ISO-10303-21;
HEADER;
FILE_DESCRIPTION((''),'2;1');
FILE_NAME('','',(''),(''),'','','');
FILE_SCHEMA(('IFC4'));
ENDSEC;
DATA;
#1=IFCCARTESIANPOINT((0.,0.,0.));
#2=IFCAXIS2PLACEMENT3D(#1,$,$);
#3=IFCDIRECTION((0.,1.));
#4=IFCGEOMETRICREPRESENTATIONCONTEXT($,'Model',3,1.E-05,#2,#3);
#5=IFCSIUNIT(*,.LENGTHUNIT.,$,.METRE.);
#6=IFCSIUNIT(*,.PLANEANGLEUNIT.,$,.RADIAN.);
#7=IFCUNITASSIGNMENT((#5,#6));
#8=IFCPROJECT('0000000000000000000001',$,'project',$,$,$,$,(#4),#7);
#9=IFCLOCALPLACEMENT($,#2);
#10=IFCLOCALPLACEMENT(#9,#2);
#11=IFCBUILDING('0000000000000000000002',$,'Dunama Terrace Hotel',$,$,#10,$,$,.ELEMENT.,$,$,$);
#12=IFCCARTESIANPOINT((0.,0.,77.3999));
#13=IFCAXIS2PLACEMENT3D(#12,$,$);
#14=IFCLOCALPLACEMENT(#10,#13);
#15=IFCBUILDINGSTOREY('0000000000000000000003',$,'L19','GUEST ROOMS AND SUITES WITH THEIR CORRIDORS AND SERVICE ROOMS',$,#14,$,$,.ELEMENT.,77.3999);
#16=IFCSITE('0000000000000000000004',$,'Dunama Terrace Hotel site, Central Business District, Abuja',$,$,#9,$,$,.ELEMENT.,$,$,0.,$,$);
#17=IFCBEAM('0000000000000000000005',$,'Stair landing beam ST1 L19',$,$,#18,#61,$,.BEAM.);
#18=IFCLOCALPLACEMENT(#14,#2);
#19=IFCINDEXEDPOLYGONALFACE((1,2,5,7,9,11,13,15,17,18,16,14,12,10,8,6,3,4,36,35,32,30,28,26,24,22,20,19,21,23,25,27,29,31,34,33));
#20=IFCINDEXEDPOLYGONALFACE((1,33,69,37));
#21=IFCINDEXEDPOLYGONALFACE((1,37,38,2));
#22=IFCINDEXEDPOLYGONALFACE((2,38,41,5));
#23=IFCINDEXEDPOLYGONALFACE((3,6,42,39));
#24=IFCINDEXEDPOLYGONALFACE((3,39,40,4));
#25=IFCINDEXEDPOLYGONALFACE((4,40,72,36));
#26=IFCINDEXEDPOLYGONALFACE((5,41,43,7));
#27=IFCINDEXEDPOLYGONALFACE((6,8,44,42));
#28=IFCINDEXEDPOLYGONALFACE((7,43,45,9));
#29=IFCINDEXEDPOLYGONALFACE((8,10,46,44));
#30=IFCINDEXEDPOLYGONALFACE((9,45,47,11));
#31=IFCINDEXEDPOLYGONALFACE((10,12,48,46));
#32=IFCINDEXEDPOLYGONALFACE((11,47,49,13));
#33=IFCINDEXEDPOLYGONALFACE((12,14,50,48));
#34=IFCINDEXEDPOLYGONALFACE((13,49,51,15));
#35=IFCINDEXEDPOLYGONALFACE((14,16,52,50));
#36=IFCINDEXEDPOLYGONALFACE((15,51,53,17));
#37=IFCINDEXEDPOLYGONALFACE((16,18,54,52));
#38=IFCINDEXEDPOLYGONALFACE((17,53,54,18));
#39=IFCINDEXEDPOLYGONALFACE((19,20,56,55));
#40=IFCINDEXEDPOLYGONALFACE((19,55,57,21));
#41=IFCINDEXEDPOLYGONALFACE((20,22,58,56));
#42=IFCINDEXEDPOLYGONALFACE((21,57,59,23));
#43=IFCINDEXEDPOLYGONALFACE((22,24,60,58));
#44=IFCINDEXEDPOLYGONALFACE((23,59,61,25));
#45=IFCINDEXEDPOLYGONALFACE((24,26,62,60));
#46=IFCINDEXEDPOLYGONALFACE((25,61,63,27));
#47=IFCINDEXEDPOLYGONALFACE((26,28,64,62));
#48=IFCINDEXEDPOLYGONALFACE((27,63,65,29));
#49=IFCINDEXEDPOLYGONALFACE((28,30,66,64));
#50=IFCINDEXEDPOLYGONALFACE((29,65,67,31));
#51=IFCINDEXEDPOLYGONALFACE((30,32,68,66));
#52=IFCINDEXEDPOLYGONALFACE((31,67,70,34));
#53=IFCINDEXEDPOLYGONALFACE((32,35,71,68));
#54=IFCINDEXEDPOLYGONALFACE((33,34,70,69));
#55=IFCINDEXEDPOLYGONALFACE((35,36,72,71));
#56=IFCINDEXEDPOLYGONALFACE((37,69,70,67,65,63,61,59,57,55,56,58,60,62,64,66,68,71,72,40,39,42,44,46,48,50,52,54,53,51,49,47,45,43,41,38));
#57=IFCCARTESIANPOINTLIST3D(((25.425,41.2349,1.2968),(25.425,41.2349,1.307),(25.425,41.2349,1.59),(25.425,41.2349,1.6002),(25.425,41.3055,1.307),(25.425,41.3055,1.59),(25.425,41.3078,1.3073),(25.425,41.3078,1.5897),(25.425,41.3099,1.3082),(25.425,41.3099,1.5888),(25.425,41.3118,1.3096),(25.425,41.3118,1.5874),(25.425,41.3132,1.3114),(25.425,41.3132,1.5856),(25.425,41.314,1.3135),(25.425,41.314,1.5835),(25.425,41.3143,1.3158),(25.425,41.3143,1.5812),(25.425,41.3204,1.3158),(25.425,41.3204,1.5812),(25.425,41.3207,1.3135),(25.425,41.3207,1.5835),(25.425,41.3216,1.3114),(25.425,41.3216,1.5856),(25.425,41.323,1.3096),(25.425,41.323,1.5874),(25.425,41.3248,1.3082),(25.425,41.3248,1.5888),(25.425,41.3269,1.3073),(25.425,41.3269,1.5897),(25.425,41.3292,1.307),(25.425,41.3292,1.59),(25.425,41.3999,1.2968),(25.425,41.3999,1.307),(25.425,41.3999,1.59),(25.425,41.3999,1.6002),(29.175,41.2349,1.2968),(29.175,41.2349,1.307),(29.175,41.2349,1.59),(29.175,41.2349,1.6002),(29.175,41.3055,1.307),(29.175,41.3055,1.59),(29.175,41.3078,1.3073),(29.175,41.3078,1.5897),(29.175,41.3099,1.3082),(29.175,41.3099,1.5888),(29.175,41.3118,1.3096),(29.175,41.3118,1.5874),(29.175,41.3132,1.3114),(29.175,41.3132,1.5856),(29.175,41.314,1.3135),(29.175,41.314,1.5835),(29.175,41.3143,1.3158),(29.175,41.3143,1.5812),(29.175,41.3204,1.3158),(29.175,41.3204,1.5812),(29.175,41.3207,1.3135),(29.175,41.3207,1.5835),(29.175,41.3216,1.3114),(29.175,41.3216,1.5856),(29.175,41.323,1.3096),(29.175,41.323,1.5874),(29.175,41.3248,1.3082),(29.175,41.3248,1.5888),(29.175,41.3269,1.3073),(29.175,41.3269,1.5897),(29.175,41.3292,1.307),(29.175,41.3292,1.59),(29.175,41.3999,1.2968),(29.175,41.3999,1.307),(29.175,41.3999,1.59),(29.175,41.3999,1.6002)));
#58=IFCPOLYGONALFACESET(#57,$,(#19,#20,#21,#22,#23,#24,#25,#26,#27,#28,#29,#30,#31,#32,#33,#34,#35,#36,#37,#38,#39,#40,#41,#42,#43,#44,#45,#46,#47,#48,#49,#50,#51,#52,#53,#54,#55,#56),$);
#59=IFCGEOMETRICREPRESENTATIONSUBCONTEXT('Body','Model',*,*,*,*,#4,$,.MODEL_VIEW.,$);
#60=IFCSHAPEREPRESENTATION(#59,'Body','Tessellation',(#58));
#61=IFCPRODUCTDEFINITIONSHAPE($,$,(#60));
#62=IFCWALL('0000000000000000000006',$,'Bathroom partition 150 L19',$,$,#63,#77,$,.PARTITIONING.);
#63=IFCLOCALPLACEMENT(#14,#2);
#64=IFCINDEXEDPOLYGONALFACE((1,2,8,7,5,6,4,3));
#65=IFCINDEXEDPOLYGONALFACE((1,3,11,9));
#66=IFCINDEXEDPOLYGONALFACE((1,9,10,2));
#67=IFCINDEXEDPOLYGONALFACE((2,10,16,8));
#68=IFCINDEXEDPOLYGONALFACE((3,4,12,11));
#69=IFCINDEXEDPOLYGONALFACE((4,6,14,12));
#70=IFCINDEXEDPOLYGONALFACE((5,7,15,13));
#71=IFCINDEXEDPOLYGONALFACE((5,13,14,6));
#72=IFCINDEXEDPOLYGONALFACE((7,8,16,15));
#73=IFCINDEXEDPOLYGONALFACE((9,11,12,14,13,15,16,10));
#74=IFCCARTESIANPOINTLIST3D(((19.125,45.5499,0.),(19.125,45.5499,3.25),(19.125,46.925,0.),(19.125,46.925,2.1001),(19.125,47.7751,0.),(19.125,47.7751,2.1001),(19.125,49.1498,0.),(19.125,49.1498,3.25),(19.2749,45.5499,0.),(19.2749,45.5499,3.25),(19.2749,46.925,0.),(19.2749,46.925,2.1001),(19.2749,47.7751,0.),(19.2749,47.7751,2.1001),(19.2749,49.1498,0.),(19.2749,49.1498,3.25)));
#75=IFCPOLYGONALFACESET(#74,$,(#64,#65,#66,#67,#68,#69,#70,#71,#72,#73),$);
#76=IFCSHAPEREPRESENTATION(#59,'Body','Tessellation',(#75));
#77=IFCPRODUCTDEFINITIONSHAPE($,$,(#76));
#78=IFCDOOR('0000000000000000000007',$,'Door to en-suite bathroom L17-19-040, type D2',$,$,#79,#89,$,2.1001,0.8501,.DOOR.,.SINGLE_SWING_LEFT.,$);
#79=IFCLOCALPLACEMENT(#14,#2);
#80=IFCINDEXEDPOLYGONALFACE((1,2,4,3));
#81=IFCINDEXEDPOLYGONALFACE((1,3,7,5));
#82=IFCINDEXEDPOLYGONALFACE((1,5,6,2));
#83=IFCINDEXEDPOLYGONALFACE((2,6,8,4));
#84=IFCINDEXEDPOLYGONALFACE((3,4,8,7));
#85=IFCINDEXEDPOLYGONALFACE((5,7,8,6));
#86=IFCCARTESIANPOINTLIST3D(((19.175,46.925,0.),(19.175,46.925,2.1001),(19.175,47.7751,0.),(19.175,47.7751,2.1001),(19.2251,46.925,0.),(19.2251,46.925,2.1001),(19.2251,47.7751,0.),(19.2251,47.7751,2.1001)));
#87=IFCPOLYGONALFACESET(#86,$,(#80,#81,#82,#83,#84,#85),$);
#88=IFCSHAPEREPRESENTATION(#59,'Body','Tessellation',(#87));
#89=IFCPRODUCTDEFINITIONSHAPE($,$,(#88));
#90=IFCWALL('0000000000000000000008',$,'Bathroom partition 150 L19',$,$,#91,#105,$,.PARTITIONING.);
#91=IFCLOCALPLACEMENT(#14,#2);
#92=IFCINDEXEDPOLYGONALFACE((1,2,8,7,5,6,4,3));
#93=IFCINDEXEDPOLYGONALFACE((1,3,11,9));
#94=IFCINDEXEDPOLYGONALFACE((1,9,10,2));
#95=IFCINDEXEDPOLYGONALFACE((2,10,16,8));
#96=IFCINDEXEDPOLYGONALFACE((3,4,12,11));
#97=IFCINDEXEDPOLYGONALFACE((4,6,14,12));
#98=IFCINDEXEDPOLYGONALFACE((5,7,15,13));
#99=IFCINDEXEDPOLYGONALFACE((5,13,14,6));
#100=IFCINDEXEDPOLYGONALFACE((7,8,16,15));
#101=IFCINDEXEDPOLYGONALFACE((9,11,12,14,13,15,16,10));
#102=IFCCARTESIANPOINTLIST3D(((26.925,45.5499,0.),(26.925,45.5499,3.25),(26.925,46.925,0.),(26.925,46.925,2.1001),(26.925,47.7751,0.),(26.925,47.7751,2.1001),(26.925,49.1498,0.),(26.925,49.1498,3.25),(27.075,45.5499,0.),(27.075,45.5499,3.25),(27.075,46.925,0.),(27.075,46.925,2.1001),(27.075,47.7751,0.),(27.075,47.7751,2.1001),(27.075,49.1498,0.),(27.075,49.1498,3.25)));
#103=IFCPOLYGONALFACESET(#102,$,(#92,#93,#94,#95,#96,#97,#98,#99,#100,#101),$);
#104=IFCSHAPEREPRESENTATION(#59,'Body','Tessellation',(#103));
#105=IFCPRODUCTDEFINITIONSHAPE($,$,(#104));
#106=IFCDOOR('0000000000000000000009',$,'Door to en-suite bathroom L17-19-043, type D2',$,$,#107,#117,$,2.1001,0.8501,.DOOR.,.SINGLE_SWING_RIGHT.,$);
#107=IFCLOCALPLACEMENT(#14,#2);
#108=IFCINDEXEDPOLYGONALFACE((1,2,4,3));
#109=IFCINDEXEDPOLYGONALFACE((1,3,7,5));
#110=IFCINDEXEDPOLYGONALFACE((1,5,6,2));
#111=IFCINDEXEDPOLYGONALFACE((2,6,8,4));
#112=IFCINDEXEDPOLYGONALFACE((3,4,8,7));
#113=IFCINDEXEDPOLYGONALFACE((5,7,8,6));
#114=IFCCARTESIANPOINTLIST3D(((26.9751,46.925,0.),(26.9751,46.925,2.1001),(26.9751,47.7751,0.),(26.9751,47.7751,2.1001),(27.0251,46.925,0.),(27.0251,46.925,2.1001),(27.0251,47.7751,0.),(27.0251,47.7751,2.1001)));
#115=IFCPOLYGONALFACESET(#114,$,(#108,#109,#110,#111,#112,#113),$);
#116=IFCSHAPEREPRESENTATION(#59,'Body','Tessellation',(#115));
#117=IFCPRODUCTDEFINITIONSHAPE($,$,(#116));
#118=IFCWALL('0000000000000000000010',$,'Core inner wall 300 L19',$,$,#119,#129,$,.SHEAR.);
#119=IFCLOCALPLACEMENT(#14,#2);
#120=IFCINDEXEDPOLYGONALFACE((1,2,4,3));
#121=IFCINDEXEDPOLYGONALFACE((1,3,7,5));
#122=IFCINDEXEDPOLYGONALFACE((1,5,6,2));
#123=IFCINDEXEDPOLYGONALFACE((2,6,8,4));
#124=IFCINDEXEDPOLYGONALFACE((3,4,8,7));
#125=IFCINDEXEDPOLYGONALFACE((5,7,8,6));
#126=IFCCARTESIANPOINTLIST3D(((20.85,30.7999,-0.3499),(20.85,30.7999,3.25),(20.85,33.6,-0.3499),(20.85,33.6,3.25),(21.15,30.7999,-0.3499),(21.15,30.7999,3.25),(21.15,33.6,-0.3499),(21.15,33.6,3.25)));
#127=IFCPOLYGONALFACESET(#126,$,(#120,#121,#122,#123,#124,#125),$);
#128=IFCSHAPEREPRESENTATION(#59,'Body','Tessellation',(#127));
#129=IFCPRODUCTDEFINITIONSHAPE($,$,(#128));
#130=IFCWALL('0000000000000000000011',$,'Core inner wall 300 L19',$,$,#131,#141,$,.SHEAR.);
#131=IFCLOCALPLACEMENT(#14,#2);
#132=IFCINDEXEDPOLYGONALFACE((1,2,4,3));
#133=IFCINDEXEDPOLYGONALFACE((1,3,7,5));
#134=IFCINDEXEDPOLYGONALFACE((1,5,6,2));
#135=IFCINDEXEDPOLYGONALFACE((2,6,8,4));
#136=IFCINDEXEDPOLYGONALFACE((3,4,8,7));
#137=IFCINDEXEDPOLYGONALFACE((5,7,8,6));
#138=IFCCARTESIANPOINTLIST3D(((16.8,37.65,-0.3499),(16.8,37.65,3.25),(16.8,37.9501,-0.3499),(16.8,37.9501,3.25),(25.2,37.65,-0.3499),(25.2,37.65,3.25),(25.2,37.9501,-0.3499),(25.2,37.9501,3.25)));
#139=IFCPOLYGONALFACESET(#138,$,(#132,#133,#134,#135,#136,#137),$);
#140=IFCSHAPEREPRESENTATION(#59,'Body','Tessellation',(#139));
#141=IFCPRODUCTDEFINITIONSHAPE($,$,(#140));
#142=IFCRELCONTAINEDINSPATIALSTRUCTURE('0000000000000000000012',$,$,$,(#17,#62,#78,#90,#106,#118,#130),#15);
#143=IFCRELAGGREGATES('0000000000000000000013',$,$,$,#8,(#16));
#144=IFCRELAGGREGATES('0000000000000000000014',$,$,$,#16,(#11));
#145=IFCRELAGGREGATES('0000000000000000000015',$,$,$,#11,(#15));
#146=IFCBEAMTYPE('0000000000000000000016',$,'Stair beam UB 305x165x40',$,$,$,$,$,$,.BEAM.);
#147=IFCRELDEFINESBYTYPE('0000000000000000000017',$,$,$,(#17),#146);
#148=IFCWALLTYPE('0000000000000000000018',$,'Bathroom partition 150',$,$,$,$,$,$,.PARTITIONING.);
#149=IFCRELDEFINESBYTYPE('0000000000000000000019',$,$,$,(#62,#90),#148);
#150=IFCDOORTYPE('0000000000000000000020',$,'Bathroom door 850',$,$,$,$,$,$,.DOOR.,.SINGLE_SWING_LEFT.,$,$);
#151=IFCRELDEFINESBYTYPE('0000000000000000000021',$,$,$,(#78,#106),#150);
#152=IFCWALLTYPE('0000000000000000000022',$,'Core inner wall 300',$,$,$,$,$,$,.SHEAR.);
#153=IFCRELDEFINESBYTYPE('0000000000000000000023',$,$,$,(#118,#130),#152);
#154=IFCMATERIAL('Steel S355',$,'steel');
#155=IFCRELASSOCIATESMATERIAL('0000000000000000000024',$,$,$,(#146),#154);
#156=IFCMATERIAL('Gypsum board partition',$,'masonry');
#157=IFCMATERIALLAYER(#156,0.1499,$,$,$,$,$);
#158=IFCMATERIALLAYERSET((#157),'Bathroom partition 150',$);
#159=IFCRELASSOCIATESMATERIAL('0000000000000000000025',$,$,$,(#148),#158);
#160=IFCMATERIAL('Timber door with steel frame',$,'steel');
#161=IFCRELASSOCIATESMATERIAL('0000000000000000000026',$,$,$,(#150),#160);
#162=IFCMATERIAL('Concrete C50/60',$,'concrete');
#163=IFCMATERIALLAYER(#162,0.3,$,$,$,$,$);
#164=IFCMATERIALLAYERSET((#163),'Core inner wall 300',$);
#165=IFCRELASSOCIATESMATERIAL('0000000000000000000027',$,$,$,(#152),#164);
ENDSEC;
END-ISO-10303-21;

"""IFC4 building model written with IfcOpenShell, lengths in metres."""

from ifc_helpers import new_model, si_unit, direction, frame, frame_2d, origin, origin_2d, place, context, subcontext, project, spatial, rectangle, i_section, extrude, material, layer, layer_set, material_profile, profile_set, type_object, element, fill, save


model = new_model("IFC4")

# Units and contexts
model_context = context("Model", 3, precision=1e-05, world=origin(), true_north=direction((0.0, 1.0)))
body_context = subcontext(model_context, "Body", "Model", "MODEL_VIEW")
ifc_project = project(units=[si_unit("LENGTHUNIT", "METRE"), si_unit("PLANEANGLEUNIT", "RADIAN")], contexts=[model_context])

# Site, building, storey
site_placement = place(None, origin())
site = spatial("IfcSite", under=ifc_project, at=site_placement, Name="Dunama Terrace Hotel site, Central Business District, Abuja", CompositionType="ELEMENT", RefElevation=0.0)
building_placement = place(site_placement, origin())
building = spatial("IfcBuilding", under=site, at=building_placement, Name="Dunama Terrace Hotel", CompositionType="ELEMENT")
storey_placement = place(building_placement, frame((0.0, 0.0, 77.3999)))
storey = spatial("IfcBuildingStorey", under=building, at=storey_placement, Name="L19", Description="GUEST ROOMS AND SUITES WITH THEIR CORRIDORS AND SERVICE ROOMS", CompositionType="ELEMENT", Elevation=77.3999)

# Beam
ifc_material_1 = material(Name="Steel S355", Category="steel")
ifc_material_profile = material_profile(ifc_material_1, i_section(OverallWidth=0.165, OverallDepth=0.3035, WebThickness=0.0061, FlangeThickness=0.0103, FilletRadius=0.0088, at=origin_2d()), Name="UB 305x165x40")
ifc_profile_set = profile_set([ifc_material_profile], Name="Steel S355")
beam_type = type_object("IfcBeamType", Name="Stair beam UB 305x165x40", PredefinedType="BEAM", material=ifc_profile_set)
beam_placement = place(storey_placement, frame((25.425, 41.3174, 1.4485), z_axis=(1.0, 0.0, 0.0), x_axis=(0.0, 1.0, 0.0)))
element("IfcBeam", 1, at=beam_placement, inside=storey, type_object=beam_type, Name="Stair landing beam ST1 L19", PredefinedType="BEAM", context=body_context, shape_type="SweptSolid", body=[
    extrude(i_section(OverallWidth=0.165, OverallDepth=0.3035, WebThickness=0.0061, FlangeThickness=0.0103, FilletRadius=0.0088, at=origin_2d()), origin(), (0.0, 0.0, 1.0), 3.75),
])

# Walls, openings, doors
ifc_material_2 = material(Name="Gypsum board partition", Category="masonry")
ifc_layer_1 = layer(ifc_material_2, 0.1499)
ifc_layer_set_1 = layer_set([ifc_layer_1], Name="Bathroom partition 150")
wall_type_1 = type_object("IfcWallType", Name="Bathroom partition 150", PredefinedType="PARTITIONING", material=ifc_layer_set_1)
wall_1_placement = place(storey_placement, frame((19.2, 45.55, 0.0), z_axis=(0.0, 0.0, 1.0), x_axis=(0.0, 1.0, 0.0)))
wall_1 = element("IfcWall", 2, at=wall_1_placement, inside=storey, type_object=wall_type_1, Name="Bathroom partition 150 L19", PredefinedType="PARTITIONING", context=body_context, shape_type="SweptSolid", body=[
    extrude(rectangle(XDim=3.5999, YDim=0.1499, at=frame_2d((1.7998, 0.0))), origin(), (0.0, 0.0, 1.0), 3.25),
])
opening_1_placement = place(wall_1_placement, frame((1.375, 0.0, 0.0)))
opening_1 = element("IfcOpeningElement", 3, at=opening_1_placement, cuts=wall_1, PredefinedType="OPENING", context=body_context, shape_type="SweptSolid", body=[
    extrude(rectangle(XDim=0.8501, YDim=2.1001, at=frame_2d((0.425, 1.05))), frame((0.0, 0.085, 0.0), z_axis=(0.0, -1.0, 0.0), x_axis=(1.0, 0.0, 0.0)), (0.0, 0.0, 1.0), 0.1699),
])
ifc_material_3 = material(Name="Timber door with steel frame", Category="steel")
door_type_1 = type_object("IfcDoorType", Name="Bathroom door 850", OperationType="SINGLE_SWING_LEFT", PredefinedType="DOOR", material=ifc_material_3)
door_1_placement = place(opening_1_placement, origin())
door_1 = element("IfcDoor", 4, at=door_1_placement, inside=storey, type_object=door_type_1, Name="Door to en-suite bathroom L17-19-040, type D2", OperationType="SINGLE_SWING_LEFT", OverallHeight=2.1001, OverallWidth=0.8501, PredefinedType="DOOR", context=body_context, shape_type="SweptSolid", body=[
    extrude(rectangle(XDim=0.8501, YDim=2.1001, at=frame_2d((0.425, 1.05))), frame((0.0, 0.0249, 0.0), z_axis=(0.0, -1.0, 0.0), x_axis=(1.0, 0.0, 0.0)), (0.0, 0.0, 1.0), 0.05),
])
fill(opening_1, door_1)
wall_2_placement = place(storey_placement, frame((27.0, 45.55, 0.0), z_axis=(0.0, 0.0, 1.0), x_axis=(0.0, 1.0, 0.0)))
wall_2 = element("IfcWall", 5, at=wall_2_placement, inside=storey, type_object=wall_type_1, Name="Bathroom partition 150 L19", PredefinedType="PARTITIONING", context=body_context, shape_type="SweptSolid", body=[
    extrude(rectangle(XDim=3.5999, YDim=0.1499, at=frame_2d((1.7998, 0.0))), origin(), (0.0, 0.0, 1.0), 3.25),
])
opening_2_placement = place(wall_2_placement, frame((1.375, 0.0, 0.0)))
opening_2 = element("IfcOpeningElement", 6, at=opening_2_placement, cuts=wall_2, PredefinedType="OPENING", context=body_context, shape_type="SweptSolid", body=[
    extrude(rectangle(XDim=0.8501, YDim=2.1001, at=frame_2d((0.425, 1.05))), frame((0.0, 0.085, 0.0), z_axis=(0.0, -1.0, 0.0), x_axis=(1.0, 0.0, 0.0)), (0.0, 0.0, 1.0), 0.1699),
])
door_2_placement = place(opening_2_placement, frame((0.8501, 0.0, 0.0), z_axis=(0.0, 0.0, 1.0), x_axis=(-1.0, 0.0, 0.0)))
door_2 = element("IfcDoor", 7, at=door_2_placement, inside=storey, type_object=door_type_1, Name="Door to en-suite bathroom L17-19-043, type D2", OperationType="SINGLE_SWING_RIGHT", OverallHeight=2.1001, OverallWidth=0.8501, PredefinedType="DOOR", context=body_context, shape_type="SweptSolid", body=[
    extrude(rectangle(XDim=0.8501, YDim=2.1001, at=frame_2d((0.425, 1.05))), frame((0.0, 0.0251, 0.0), z_axis=(0.0, -1.0, 0.0), x_axis=(1.0, 0.0, 0.0)), (0.0, 0.0, 1.0), 0.05),
])
fill(opening_2, door_2)

# Walls
ifc_material_4 = material(Name="Concrete C50/60", Category="concrete")
ifc_layer_2 = layer(ifc_material_4, 0.3)
ifc_layer_set_2 = layer_set([ifc_layer_2], Name="Core inner wall 300")
wall_type_2 = type_object("IfcWallType", Name="Core inner wall 300", PredefinedType="SHEAR", material=ifc_layer_set_2)
wall_3_placement = place(storey_placement, frame((21.0, 30.8, -0.3499), z_axis=(0.0, 0.0, 1.0), x_axis=(0.0, 1.0, 0.0)))
element("IfcWall", 8, at=wall_3_placement, inside=storey, type_object=wall_type_2, Name="Core inner wall 300 L19", PredefinedType="SHEAR", context=body_context, shape_type="SweptSolid", body=[
    extrude(rectangle(XDim=2.8, YDim=0.3, at=frame_2d((1.3999, 0.0))), origin(), (0.0, 0.0, 1.0), 3.5999),
])
wall_4_placement = place(storey_placement, frame((16.8, 37.8, -0.3499), z_axis=(0.0, 0.0, 1.0), x_axis=(1.0, 0.0, 0.0)))
element("IfcWall", 9, at=wall_4_placement, inside=storey, type_object=wall_type_2, Name="Core inner wall 300 L19", PredefinedType="SHEAR", context=body_context, shape_type="SweptSolid", body=[
    extrude(rectangle(XDim=8.3999, YDim=0.3, at=frame_2d((4.2, 0.0))), origin(), (0.0, 0.0, 1.0), 3.5999),
])

save(model, "model.ifc")
